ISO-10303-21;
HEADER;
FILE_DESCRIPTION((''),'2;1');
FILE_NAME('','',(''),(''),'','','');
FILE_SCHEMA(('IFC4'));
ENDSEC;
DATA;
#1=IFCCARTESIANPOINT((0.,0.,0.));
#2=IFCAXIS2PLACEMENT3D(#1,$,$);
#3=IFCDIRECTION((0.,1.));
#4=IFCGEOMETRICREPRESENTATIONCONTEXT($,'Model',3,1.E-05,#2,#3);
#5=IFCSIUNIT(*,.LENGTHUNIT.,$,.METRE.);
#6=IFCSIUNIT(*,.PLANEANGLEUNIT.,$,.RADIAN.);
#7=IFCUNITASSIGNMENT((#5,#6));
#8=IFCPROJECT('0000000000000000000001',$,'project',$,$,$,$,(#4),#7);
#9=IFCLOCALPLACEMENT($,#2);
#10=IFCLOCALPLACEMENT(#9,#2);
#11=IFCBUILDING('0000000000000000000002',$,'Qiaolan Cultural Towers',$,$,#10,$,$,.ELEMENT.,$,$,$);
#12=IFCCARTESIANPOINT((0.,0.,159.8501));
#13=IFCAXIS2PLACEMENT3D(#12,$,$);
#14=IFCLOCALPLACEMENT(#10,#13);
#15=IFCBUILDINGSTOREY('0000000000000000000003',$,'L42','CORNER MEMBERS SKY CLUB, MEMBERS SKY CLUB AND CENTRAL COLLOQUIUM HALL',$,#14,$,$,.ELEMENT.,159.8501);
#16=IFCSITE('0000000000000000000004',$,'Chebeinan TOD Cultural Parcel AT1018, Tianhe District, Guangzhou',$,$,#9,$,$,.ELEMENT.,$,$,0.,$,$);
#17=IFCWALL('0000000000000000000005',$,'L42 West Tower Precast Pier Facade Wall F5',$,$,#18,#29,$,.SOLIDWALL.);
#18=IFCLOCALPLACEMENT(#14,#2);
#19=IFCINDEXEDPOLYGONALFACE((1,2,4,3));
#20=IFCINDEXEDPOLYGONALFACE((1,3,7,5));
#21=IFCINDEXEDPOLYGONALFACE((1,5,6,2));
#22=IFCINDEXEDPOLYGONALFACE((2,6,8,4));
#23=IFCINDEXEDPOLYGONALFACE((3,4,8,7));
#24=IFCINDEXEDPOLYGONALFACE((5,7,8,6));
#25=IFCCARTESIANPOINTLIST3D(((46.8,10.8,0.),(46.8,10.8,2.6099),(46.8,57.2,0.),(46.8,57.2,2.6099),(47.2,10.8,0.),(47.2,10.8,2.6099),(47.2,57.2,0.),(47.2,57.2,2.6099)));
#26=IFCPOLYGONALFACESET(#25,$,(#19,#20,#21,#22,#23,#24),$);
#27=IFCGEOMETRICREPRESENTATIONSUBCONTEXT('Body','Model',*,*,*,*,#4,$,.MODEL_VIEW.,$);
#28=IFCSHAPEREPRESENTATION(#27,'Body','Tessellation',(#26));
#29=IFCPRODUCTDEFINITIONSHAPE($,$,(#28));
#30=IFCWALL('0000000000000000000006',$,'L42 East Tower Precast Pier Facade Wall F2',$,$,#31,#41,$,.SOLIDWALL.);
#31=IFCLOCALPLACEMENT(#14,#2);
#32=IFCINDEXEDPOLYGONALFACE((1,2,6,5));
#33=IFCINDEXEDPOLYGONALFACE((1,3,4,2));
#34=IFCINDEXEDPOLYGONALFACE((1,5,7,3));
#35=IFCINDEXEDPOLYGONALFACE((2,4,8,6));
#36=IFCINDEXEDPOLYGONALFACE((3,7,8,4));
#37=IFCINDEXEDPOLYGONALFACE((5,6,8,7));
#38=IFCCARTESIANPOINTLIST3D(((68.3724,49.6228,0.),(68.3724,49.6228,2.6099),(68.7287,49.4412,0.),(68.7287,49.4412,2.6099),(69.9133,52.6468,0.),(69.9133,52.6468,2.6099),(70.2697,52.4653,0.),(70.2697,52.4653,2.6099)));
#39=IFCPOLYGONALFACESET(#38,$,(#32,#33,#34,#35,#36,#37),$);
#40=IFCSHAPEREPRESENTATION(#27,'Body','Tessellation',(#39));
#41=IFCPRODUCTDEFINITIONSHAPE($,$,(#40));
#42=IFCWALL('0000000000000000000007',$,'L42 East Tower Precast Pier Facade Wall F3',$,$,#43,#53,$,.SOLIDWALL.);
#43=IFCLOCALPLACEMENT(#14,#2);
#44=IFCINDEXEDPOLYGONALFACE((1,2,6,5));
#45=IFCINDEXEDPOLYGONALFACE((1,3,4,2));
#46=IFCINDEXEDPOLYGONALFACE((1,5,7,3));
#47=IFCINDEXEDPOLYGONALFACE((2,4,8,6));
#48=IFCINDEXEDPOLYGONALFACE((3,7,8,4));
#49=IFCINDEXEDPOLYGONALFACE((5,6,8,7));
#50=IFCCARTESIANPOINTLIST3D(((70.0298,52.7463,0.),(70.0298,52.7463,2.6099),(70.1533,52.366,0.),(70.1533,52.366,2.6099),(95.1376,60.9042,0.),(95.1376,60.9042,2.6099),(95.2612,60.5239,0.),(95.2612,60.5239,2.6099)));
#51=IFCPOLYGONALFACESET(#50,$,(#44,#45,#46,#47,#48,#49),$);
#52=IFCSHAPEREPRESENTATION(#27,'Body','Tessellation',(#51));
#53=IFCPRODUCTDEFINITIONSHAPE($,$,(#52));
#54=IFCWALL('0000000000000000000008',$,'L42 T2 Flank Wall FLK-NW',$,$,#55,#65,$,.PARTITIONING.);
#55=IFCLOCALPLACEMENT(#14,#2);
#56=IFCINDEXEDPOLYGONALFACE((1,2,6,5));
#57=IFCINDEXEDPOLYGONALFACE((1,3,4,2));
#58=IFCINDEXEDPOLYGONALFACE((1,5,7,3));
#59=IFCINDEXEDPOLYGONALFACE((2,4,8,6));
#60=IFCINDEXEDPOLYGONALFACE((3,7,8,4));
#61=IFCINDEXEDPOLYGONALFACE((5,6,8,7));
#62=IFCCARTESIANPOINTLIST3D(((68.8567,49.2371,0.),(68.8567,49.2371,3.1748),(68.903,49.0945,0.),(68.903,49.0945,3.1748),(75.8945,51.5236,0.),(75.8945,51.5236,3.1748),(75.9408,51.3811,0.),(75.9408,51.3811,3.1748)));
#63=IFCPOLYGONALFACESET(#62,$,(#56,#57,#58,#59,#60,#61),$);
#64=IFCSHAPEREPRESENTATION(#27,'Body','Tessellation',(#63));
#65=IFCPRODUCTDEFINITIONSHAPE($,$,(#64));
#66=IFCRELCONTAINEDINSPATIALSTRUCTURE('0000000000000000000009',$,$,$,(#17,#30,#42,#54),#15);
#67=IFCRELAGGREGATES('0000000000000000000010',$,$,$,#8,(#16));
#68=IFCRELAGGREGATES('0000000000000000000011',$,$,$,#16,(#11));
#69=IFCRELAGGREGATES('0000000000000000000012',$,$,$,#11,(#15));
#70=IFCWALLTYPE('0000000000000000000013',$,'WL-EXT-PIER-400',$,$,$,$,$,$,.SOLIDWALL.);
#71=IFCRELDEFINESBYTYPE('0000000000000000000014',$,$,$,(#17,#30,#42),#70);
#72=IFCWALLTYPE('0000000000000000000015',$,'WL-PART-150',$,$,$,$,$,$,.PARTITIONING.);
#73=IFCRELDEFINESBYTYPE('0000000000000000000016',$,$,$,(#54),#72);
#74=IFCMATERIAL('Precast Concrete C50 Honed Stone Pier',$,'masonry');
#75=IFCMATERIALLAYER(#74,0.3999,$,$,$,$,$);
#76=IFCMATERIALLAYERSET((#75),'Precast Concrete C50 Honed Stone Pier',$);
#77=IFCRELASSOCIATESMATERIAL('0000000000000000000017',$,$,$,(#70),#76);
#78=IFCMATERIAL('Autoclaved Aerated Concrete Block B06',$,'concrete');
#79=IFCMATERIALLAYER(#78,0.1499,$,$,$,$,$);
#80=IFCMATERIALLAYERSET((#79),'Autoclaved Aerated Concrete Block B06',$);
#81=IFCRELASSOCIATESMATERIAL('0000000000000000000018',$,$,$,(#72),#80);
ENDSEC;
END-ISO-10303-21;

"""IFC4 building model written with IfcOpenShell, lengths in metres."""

from ifc_helpers import new_model, si_unit, direction, frame, frame_2d, origin, place, context, subcontext, project, spatial, rectangle, extrude, material, layer, layer_set, type_object, element, save


model = new_model("IFC4")

# Units and contexts
model_context = context("Model", 3, precision=1e-05, world=origin(), true_north=direction((0.0, 1.0)))
body_context = subcontext(model_context, "Body", "Model", "MODEL_VIEW")
ifc_project = project(units=[si_unit("LENGTHUNIT", "METRE"), si_unit("PLANEANGLEUNIT", "RADIAN")], contexts=[model_context])

# Site, building, storey
site_placement = place(None, origin())
site = spatial("IfcSite", under=ifc_project, at=site_placement, Name="Chebeinan TOD Cultural Parcel AT1018, Tianhe District, Guangzhou", CompositionType="ELEMENT", RefElevation=0.0)
building_placement = place(site_placement, origin())
building = spatial("IfcBuilding", under=site, at=building_placement, Name="Qiaolan Cultural Towers", CompositionType="ELEMENT")
storey_placement = place(building_placement, frame((0.0, 0.0, 159.8501)))
storey = spatial("IfcBuildingStorey", under=building, at=storey_placement, Name="L42", Description="CORNER MEMBERS SKY CLUB, MEMBERS SKY CLUB AND CENTRAL COLLOQUIUM HALL", CompositionType="ELEMENT", Elevation=159.8501)

# Walls
ifc_material_1 = material(Name="Precast Concrete C50 Honed Stone Pier", Category="masonry")
ifc_layer_1 = layer(ifc_material_1, 0.3999)
ifc_layer_set_1 = layer_set([ifc_layer_1], Name="Precast Concrete C50 Honed Stone Pier")
wall_type_1 = type_object("IfcWallType", Name="WL-EXT-PIER-400", PredefinedType="SOLIDWALL", material=ifc_layer_set_1)
wall_1_placement = place(storey_placement, frame((47.0, 57.2, 0.0), z_axis=(0.0, 0.0, 1.0), x_axis=(0.0, -1.0, 0.0)))
element("IfcWall", 1, at=wall_1_placement, inside=storey, type_object=wall_type_1, Name="L42 West Tower Precast Pier Facade Wall F5", PredefinedType="SOLIDWALL", context=body_context, shape_type="SweptSolid", body=[
    extrude(rectangle(XDim=46.3999, YDim=0.3999, at=frame_2d((23.2, 0.0))), origin(), (0.0, 0.0, 1.0), 2.6099),
])
wall_2_placement = place(storey_placement, frame((68.5505, 49.532, 0.0), z_axis=(0.0, 0.0, 1.0), x_axis=(0.45402, 0.890992, 0.0)))
element("IfcWall", 2, at=wall_2_placement, inside=storey, type_object=wall_type_1, Name="L42 East Tower Precast Pier Facade Wall F2", PredefinedType="SOLIDWALL", context=body_context, shape_type="SweptSolid", body=[
    extrude(rectangle(XDim=3.394, YDim=0.3999, at=frame_2d((1.697, 0.0))), origin(), (0.0, 0.0, 1.0), 2.6099),
])
wall_3_placement = place(storey_placement, frame((70.0916, 52.5562, 0.0), z_axis=(0.0, 0.0, 1.0), x_axis=(0.951058, 0.309014, 0.0)))
element("IfcWall", 3, at=wall_3_placement, inside=storey, type_object=wall_type_1, Name="L42 East Tower Precast Pier Facade Wall F3", PredefinedType="SOLIDWALL", context=body_context, shape_type="SweptSolid", body=[
    extrude(rectangle(XDim=26.3999, YDim=0.3999, at=frame_2d((13.2, 0.0))), origin(), (0.0, 0.0, 1.0), 2.6099),
])
ifc_material_2 = material(Name="Autoclaved Aerated Concrete Block B06", Category="concrete")
ifc_layer_2 = layer(ifc_material_2, 0.1499)
ifc_layer_set_2 = layer_set([ifc_layer_2], Name="Autoclaved Aerated Concrete Block B06")
wall_type_2 = type_object("IfcWallType", Name="WL-PART-150", PredefinedType="PARTITIONING", material=ifc_layer_set_2)
wall_4_placement = place(storey_placement, frame((68.8799, 49.1658, 0.0), z_axis=(0.0, 0.0, 1.0), x_axis=(0.951061, 0.309003, 0.0)))
element("IfcWall", 4, at=wall_4_placement, inside=storey, type_object=wall_type_2, Name="L42 T2 Flank Wall FLK-NW", PredefinedType="PARTITIONING", context=body_context, shape_type="SweptSolid", body=[
    extrude(rectangle(XDim=7.3999, YDim=0.1499, at=frame_2d((3.7, 0.0))), origin(), (0.0, 0.0, 1.0), 3.1748),
])

save(model, "model.ifc")
